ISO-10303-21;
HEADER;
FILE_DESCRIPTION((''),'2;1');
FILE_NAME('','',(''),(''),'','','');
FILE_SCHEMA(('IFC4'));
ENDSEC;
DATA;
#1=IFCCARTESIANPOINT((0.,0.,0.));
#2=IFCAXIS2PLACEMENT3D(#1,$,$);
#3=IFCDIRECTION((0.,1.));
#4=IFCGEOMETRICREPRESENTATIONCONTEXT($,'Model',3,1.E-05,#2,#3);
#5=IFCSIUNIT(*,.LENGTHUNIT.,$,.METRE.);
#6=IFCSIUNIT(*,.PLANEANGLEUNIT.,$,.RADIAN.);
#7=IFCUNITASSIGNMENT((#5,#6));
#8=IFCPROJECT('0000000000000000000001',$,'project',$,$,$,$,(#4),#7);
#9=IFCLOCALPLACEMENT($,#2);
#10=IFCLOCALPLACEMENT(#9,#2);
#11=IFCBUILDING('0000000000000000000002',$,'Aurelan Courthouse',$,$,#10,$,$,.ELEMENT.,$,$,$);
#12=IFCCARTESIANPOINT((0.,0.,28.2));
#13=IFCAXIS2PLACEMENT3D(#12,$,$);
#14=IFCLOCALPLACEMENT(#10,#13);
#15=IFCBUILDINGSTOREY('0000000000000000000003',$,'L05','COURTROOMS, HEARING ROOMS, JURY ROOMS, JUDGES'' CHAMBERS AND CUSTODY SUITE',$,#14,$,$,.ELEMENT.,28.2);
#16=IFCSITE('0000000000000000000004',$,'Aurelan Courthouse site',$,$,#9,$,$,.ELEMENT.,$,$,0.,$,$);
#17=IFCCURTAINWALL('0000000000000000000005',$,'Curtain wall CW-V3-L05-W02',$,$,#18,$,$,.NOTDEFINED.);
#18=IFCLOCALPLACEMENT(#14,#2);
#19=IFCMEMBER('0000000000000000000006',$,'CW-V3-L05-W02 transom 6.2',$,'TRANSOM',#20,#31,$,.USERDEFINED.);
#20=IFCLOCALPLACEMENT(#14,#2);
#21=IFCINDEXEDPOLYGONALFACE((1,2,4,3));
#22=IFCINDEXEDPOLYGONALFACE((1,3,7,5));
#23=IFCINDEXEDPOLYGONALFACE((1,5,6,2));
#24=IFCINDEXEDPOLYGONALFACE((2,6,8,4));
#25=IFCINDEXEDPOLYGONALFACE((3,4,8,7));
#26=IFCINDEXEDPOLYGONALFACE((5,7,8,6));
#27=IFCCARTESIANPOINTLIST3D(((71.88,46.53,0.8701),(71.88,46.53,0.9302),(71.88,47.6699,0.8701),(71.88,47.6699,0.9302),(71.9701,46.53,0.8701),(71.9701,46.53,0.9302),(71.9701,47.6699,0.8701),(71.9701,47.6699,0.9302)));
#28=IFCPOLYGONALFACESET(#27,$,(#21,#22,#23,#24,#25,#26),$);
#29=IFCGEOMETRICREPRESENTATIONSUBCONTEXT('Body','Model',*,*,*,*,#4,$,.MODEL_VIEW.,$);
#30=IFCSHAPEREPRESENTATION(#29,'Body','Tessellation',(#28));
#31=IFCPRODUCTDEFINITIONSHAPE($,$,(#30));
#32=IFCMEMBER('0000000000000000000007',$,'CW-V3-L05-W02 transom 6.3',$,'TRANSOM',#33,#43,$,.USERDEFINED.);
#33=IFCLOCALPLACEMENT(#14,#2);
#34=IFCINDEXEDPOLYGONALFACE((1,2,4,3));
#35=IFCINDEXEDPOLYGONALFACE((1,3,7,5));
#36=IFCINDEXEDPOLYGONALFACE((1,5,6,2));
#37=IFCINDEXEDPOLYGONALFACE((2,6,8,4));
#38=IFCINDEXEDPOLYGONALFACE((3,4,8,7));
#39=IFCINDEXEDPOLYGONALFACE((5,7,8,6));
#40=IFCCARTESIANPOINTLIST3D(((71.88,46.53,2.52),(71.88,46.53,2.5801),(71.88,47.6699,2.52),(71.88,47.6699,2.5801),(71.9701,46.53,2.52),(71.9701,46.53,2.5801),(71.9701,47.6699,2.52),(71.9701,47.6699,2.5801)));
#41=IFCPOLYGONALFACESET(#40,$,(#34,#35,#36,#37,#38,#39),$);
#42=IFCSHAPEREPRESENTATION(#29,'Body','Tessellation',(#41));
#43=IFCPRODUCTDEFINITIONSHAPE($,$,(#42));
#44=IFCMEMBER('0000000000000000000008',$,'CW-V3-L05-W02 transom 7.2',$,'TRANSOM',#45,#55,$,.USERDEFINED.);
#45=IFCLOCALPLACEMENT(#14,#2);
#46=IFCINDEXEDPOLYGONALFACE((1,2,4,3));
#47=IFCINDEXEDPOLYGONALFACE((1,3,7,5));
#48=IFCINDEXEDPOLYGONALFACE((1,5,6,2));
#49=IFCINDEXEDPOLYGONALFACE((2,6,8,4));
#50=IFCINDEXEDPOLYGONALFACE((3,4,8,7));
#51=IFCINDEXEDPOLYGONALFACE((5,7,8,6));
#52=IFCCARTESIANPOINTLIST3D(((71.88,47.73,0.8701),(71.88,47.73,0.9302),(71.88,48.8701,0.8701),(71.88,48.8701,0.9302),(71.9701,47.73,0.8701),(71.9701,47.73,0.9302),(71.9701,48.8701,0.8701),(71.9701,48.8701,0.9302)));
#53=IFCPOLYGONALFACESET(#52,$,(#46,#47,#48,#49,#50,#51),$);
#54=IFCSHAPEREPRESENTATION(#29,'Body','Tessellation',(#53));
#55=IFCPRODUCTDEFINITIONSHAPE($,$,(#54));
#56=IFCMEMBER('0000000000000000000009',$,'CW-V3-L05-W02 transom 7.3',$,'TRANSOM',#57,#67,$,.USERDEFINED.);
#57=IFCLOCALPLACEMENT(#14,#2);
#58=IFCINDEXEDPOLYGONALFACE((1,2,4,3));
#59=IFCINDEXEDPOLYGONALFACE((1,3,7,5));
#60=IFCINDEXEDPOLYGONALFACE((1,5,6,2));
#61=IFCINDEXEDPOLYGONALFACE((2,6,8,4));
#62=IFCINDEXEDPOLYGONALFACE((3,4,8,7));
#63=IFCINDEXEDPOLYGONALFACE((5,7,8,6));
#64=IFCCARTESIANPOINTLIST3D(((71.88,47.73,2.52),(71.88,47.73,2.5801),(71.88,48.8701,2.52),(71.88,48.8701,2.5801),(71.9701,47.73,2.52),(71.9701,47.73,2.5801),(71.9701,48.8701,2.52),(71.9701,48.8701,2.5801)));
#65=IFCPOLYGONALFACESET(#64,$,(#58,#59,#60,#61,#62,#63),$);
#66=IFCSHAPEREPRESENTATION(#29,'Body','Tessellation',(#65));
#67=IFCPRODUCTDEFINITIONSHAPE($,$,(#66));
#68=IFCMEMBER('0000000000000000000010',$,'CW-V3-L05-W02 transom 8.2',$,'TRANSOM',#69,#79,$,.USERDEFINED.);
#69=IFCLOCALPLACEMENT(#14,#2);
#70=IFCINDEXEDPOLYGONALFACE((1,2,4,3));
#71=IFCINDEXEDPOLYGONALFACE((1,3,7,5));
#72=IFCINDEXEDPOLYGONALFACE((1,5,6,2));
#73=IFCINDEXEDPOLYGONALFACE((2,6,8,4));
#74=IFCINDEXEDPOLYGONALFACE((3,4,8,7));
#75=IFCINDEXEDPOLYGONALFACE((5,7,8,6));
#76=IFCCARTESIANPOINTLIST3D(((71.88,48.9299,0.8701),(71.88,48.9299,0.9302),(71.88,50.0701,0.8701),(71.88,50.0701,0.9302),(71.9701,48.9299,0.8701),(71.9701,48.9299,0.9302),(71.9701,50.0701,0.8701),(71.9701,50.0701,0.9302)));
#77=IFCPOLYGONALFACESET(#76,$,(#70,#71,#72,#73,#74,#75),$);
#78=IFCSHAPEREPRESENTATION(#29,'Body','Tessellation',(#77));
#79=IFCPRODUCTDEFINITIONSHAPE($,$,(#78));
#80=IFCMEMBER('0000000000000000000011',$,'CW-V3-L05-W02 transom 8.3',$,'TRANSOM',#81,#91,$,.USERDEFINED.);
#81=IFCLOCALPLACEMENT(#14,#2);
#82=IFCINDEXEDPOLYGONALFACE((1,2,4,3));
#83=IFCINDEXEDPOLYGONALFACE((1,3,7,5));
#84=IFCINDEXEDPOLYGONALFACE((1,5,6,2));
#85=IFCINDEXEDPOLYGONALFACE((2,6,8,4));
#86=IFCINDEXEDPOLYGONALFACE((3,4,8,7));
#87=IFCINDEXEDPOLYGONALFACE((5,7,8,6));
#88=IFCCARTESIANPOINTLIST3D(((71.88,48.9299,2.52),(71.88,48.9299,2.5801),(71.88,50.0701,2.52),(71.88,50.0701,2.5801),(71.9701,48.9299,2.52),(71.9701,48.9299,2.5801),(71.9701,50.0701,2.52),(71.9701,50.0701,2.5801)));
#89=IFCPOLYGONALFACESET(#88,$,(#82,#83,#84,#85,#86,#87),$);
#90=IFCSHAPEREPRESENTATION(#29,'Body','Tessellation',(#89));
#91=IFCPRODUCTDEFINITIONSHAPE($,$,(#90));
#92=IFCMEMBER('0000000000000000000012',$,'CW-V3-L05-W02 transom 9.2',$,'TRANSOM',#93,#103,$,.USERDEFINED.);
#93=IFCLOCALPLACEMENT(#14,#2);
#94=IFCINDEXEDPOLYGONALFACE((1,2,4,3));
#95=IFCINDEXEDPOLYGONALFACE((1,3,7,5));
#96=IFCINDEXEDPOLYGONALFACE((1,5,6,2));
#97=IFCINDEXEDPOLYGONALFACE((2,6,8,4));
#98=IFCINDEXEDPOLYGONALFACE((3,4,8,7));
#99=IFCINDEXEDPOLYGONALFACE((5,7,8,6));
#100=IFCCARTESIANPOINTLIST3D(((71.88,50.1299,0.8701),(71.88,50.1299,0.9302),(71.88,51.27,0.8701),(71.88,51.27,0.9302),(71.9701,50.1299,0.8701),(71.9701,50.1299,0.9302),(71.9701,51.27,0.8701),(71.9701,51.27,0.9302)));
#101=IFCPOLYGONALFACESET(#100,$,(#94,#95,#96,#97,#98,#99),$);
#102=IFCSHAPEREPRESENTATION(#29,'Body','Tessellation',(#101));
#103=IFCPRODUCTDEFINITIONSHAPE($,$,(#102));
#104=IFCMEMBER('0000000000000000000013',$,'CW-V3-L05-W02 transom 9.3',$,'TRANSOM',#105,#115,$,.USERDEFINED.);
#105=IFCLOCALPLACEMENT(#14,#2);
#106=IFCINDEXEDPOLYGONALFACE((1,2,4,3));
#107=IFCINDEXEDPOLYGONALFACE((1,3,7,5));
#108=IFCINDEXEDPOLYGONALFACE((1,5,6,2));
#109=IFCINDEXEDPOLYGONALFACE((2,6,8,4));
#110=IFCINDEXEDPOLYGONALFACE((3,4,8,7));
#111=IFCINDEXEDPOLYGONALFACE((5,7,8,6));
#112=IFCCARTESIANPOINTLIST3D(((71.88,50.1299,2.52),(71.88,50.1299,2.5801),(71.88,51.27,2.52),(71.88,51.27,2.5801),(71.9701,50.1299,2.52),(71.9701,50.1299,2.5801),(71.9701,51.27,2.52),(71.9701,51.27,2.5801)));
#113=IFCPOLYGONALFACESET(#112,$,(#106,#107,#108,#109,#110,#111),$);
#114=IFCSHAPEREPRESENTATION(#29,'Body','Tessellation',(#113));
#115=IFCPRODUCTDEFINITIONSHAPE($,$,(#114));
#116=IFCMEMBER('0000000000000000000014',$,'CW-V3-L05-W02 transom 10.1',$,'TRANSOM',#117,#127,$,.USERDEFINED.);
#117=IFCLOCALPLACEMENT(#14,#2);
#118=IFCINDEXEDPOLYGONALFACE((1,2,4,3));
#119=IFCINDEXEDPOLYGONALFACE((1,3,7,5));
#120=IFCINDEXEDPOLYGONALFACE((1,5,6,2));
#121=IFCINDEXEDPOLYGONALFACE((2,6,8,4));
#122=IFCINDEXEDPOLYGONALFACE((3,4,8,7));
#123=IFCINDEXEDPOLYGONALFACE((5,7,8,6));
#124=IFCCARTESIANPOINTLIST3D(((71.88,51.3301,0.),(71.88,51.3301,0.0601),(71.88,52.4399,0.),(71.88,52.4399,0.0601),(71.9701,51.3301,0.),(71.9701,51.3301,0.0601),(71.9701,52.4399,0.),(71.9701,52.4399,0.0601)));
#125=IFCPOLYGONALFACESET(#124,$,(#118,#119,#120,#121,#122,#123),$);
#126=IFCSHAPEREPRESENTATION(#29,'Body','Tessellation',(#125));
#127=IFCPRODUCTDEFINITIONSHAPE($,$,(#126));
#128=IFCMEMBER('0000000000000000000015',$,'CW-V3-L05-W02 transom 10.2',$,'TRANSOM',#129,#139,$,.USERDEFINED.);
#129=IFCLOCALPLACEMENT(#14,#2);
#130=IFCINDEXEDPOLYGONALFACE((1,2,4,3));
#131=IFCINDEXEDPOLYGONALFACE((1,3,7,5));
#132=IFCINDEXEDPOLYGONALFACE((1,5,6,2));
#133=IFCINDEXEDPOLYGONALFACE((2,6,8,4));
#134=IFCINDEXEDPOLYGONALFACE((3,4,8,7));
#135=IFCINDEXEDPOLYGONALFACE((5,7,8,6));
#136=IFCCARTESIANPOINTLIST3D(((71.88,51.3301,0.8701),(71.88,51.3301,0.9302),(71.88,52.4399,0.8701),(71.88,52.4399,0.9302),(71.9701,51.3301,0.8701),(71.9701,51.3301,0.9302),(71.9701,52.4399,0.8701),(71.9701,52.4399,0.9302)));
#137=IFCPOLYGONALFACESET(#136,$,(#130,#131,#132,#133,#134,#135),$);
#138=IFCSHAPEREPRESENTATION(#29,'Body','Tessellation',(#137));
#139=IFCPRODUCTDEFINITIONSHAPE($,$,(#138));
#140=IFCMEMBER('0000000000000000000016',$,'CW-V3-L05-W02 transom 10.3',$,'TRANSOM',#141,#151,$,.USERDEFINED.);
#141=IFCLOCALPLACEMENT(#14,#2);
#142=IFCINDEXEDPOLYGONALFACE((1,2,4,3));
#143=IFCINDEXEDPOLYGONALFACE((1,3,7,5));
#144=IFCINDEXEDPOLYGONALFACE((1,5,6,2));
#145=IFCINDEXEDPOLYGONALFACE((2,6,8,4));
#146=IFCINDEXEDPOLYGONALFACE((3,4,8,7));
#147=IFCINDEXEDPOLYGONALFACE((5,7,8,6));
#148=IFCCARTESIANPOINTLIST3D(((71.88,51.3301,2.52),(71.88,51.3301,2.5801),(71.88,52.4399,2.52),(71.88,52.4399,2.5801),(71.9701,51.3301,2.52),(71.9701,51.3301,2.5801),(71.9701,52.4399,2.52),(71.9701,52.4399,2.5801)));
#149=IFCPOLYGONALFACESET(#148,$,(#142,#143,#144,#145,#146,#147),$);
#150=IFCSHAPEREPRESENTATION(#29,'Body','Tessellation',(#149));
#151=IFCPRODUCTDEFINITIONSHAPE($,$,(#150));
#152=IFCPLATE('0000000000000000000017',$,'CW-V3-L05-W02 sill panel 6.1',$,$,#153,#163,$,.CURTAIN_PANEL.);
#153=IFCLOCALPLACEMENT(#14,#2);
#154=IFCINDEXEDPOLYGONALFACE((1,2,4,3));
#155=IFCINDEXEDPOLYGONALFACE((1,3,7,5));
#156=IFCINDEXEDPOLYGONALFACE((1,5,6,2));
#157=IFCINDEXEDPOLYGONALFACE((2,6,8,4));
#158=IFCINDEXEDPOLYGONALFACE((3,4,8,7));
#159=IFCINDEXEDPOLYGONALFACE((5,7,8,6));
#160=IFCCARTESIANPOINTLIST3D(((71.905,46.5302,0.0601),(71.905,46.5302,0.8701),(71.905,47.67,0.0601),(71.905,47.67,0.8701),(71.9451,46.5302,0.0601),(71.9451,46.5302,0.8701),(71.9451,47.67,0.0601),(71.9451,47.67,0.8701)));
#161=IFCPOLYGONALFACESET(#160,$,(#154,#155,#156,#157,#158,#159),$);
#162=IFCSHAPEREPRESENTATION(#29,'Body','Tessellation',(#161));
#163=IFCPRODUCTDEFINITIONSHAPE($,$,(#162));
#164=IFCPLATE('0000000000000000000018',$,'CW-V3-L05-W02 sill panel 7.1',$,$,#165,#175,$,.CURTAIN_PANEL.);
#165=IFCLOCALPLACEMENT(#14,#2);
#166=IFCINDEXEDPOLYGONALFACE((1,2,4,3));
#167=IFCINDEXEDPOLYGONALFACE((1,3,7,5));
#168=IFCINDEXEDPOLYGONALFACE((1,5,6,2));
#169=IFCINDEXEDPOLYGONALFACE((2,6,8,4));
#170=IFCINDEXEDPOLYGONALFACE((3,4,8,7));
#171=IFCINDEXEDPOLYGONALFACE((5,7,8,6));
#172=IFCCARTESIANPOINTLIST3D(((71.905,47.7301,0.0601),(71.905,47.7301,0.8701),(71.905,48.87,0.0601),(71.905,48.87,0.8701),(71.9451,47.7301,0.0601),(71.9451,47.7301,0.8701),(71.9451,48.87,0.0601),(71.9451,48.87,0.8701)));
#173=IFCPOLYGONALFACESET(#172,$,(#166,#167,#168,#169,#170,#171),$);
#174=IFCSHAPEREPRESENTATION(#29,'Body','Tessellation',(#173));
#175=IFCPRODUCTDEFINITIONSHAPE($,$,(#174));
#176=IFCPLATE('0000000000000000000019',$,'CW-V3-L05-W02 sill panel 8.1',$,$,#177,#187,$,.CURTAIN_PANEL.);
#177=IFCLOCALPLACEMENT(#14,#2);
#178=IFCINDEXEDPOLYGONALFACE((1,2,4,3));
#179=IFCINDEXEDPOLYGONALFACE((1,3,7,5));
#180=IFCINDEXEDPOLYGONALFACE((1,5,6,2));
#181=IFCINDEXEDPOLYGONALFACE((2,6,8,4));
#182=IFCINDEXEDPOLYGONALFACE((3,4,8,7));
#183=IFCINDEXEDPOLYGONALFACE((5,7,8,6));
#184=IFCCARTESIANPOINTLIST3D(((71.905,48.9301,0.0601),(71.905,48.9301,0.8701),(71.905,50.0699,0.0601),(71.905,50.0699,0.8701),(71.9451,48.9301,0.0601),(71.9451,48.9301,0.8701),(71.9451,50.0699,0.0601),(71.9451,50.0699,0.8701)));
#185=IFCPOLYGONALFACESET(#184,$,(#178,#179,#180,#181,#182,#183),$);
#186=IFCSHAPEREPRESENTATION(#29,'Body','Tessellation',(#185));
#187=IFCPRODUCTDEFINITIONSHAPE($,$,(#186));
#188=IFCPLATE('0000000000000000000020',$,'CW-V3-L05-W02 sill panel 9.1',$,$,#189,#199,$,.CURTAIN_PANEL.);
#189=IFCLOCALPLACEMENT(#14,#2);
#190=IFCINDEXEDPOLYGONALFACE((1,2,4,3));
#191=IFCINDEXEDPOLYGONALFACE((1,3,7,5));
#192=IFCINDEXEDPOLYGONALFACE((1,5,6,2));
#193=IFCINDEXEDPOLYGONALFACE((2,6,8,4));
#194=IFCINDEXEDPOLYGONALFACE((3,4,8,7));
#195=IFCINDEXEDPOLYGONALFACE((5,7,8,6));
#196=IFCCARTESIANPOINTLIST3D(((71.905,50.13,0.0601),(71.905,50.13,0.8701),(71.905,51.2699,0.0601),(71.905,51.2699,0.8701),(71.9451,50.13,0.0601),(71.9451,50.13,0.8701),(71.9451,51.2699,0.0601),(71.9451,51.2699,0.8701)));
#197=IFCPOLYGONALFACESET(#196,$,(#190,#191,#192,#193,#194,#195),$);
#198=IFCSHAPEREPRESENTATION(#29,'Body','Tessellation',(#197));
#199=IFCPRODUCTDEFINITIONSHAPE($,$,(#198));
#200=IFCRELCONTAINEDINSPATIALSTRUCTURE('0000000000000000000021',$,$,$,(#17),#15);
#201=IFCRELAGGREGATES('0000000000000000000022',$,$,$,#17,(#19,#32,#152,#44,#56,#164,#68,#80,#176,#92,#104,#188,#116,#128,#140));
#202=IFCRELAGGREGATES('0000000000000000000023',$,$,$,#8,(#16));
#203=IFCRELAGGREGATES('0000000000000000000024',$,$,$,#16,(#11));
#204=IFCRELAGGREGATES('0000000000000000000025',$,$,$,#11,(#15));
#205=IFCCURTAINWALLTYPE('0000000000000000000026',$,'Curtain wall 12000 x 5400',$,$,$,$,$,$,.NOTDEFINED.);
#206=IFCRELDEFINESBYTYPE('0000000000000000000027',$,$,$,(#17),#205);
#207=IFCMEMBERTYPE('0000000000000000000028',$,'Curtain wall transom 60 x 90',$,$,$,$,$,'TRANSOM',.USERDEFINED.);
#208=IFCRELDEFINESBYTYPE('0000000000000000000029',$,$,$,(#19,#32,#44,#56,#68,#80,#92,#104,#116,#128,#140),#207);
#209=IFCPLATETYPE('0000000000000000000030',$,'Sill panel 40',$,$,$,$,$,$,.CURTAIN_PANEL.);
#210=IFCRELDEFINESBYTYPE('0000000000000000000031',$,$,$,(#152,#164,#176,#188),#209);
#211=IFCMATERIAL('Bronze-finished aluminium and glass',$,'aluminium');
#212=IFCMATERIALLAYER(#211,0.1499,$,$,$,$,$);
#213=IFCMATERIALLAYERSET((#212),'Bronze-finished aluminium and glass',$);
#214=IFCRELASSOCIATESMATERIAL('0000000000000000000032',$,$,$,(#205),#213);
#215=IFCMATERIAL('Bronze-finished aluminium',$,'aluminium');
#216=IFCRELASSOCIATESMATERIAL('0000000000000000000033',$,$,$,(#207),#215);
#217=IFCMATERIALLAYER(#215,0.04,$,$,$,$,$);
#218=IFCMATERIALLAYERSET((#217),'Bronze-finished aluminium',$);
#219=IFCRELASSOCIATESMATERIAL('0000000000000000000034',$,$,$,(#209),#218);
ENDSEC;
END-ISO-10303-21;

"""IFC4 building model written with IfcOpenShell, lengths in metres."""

from ifc_helpers import new_model, si_unit, direction, frame, origin, origin_2d, place, context, subcontext, project, spatial, rectangle, extrude, material, layer, layer_set, material_profile, profile_set, type_object, element, aggregate, save


model = new_model("IFC4")

# Units and contexts
model_context = context("Model", 3, precision=1e-05, world=origin(), true_north=direction((0.0, 1.0)))
body_context = subcontext(model_context, "Body", "Model", "MODEL_VIEW")
ifc_project = project(units=[si_unit("LENGTHUNIT", "METRE"), si_unit("PLANEANGLEUNIT", "RADIAN")], contexts=[model_context])

# Site, building, storey
site_placement = place(None, origin())
site = spatial("IfcSite", under=ifc_project, at=site_placement, Name="Aurelan Courthouse site", CompositionType="ELEMENT", RefElevation=0.0)
building_placement = place(site_placement, origin())
building = spatial("IfcBuilding", under=site, at=building_placement, Name="Aurelan Courthouse", CompositionType="ELEMENT")
storey_placement = place(building_placement, frame((0.0, 0.0, 28.2)))
storey = spatial("IfcBuildingStorey", under=building, at=storey_placement, Name="L05", Description="COURTROOMS, HEARING ROOMS, JURY ROOMS, JUDGES' CHAMBERS AND CUSTODY SUITE", CompositionType="ELEMENT", Elevation=28.2)

# Curtain wall, members, plates
ifc_material_1 = material(Name="Bronze-finished aluminium and glass", Category="aluminium")
ifc_layer_1 = layer(ifc_material_1, 0.1499)
ifc_layer_set_1 = layer_set([ifc_layer_1], Name="Bronze-finished aluminium and glass")
curtain_wall_type = type_object("IfcCurtainWallType", Name="Curtain wall 12000 x 5400", PredefinedType="NOTDEFINED", material=ifc_layer_set_1)
curtain_wall_placement = place(storey_placement, origin())
curtain_wall = element("IfcCurtainWall", 1, at=curtain_wall_placement, inside=storey, type_object=curtain_wall_type, Name="Curtain wall CW-V3-L05-W02", PredefinedType="NOTDEFINED")
ifc_material_2 = material(Name="Bronze-finished aluminium", Category="aluminium")
ifc_material_profile = material_profile(ifc_material_2, rectangle(XDim=0.0901, YDim=0.0601, at=origin_2d()), Name="Bronze transom 60 x 90")
ifc_profile_set = profile_set([ifc_material_profile], Name="Bronze-finished aluminium")
member_type = type_object("IfcMemberType", Name="Curtain wall transom 60 x 90", ElementType="TRANSOM", PredefinedType="USERDEFINED", material=ifc_profile_set)
member_1_placement = place(storey_placement, frame((71.925, 46.53, 0.9001), z_axis=(0.0, 1.0, 0.0), x_axis=(-1.0, 0.0, 0.0)))
member_1 = element("IfcMember", 2, at=member_1_placement, type_object=member_type, Name="CW-V3-L05-W02 transom 6.2", ObjectType="TRANSOM", PredefinedType="USERDEFINED", context=body_context, shape_type="SweptSolid", body=[
    extrude(rectangle(XDim=0.0901, YDim=0.0601, at=origin_2d()), origin(), (0.0, 0.0, 1.0), 1.1399),
])
member_2_placement = place(storey_placement, frame((71.925, 46.53, 2.55), z_axis=(0.0, 1.0, 0.0), x_axis=(-1.0, 0.0, 0.0)))
member_2 = element("IfcMember", 3, at=member_2_placement, type_object=member_type, Name="CW-V3-L05-W02 transom 6.3", ObjectType="TRANSOM", PredefinedType="USERDEFINED", context=body_context, shape_type="SweptSolid", body=[
    extrude(rectangle(XDim=0.0901, YDim=0.0601, at=origin_2d()), origin(), (0.0, 0.0, 1.0), 1.1399),
])
member_3_placement = place(storey_placement, frame((71.925, 47.73, 0.9001), z_axis=(0.0, 1.0, 0.0), x_axis=(-1.0, 0.0, 0.0)))
member_3 = element("IfcMember", 4, at=member_3_placement, type_object=member_type, Name="CW-V3-L05-W02 transom 7.2", ObjectType="TRANSOM", PredefinedType="USERDEFINED", context=body_context, shape_type="SweptSolid", body=[
    extrude(rectangle(XDim=0.0901, YDim=0.0601, at=origin_2d()), origin(), (0.0, 0.0, 1.0), 1.1401),
])
member_4_placement = place(storey_placement, frame((71.925, 47.73, 2.55), z_axis=(0.0, 1.0, 0.0), x_axis=(-1.0, 0.0, 0.0)))
member_4 = element("IfcMember", 5, at=member_4_placement, type_object=member_type, Name="CW-V3-L05-W02 transom 7.3", ObjectType="TRANSOM", PredefinedType="USERDEFINED", context=body_context, shape_type="SweptSolid", body=[
    extrude(rectangle(XDim=0.0901, YDim=0.0601, at=origin_2d()), origin(), (0.0, 0.0, 1.0), 1.1401),
])
member_5_placement = place(storey_placement, frame((71.925, 48.9299, 0.9001), z_axis=(0.0, 1.0, 0.0), x_axis=(-1.0, 0.0, 0.0)))
member_5 = element("IfcMember", 6, at=member_5_placement, type_object=member_type, Name="CW-V3-L05-W02 transom 8.2", ObjectType="TRANSOM", PredefinedType="USERDEFINED", context=body_context, shape_type="SweptSolid", body=[
    extrude(rectangle(XDim=0.0901, YDim=0.0601, at=origin_2d()), origin(), (0.0, 0.0, 1.0), 1.1401),
])
member_6_placement = place(storey_placement, frame((71.925, 48.9299, 2.55), z_axis=(0.0, 1.0, 0.0), x_axis=(-1.0, 0.0, 0.0)))
member_6 = element("IfcMember", 7, at=member_6_placement, type_object=member_type, Name="CW-V3-L05-W02 transom 8.3", ObjectType="TRANSOM", PredefinedType="USERDEFINED", context=body_context, shape_type="SweptSolid", body=[
    extrude(rectangle(XDim=0.0901, YDim=0.0601, at=origin_2d()), origin(), (0.0, 0.0, 1.0), 1.1401),
])
member_7_placement = place(storey_placement, frame((71.925, 50.1299, 0.9001), z_axis=(0.0, 1.0, 0.0), x_axis=(-1.0, 0.0, 0.0)))
member_7 = element("IfcMember", 8, at=member_7_placement, type_object=member_type, Name="CW-V3-L05-W02 transom 9.2", ObjectType="TRANSOM", PredefinedType="USERDEFINED", context=body_context, shape_type="SweptSolid", body=[
    extrude(rectangle(XDim=0.0901, YDim=0.0601, at=origin_2d()), origin(), (0.0, 0.0, 1.0), 1.1401),
])
member_8_placement = place(storey_placement, frame((71.925, 50.1299, 2.55), z_axis=(0.0, 1.0, 0.0), x_axis=(-1.0, 0.0, 0.0)))
member_8 = element("IfcMember", 9, at=member_8_placement, type_object=member_type, Name="CW-V3-L05-W02 transom 9.3", ObjectType="TRANSOM", PredefinedType="USERDEFINED", context=body_context, shape_type="SweptSolid", body=[
    extrude(rectangle(XDim=0.0901, YDim=0.0601, at=origin_2d()), origin(), (0.0, 0.0, 1.0), 1.1401),
])
member_9_placement = place(storey_placement, frame((71.925, 51.3301, 0.03), z_axis=(0.0, 1.0, 0.0), x_axis=(-1.0, 0.0, 0.0)))
member_9 = element("IfcMember", 10, at=member_9_placement, type_object=member_type, Name="CW-V3-L05-W02 transom 10.1", ObjectType="TRANSOM", PredefinedType="USERDEFINED", context=body_context, shape_type="SweptSolid", body=[
    extrude(rectangle(XDim=0.0901, YDim=0.0601, at=origin_2d()), origin(), (0.0, 0.0, 1.0), 1.1099),
])
member_10_placement = place(storey_placement, frame((71.925, 51.3301, 0.9001), z_axis=(0.0, 1.0, 0.0), x_axis=(-1.0, 0.0, 0.0)))
member_10 = element("IfcMember", 11, at=member_10_placement, type_object=member_type, Name="CW-V3-L05-W02 transom 10.2", ObjectType="TRANSOM", PredefinedType="USERDEFINED", context=body_context, shape_type="SweptSolid", body=[
    extrude(rectangle(XDim=0.0901, YDim=0.0601, at=origin_2d()), origin(), (0.0, 0.0, 1.0), 1.1099),
])
member_11_placement = place(storey_placement, frame((71.925, 51.3301, 2.55), z_axis=(0.0, 1.0, 0.0), x_axis=(-1.0, 0.0, 0.0)))
member_11 = element("IfcMember", 12, at=member_11_placement, type_object=member_type, Name="CW-V3-L05-W02 transom 10.3", ObjectType="TRANSOM", PredefinedType="USERDEFINED", context=body_context, shape_type="SweptSolid", body=[
    extrude(rectangle(XDim=0.0901, YDim=0.0601, at=origin_2d()), origin(), (0.0, 0.0, 1.0), 1.1099),
])
ifc_layer_2 = layer(ifc_material_2, 0.04)
ifc_layer_set_2 = layer_set([ifc_layer_2], Name="Bronze-finished aluminium")
plate_type_1 = type_object("IfcPlateType", Name="Sill panel 40", PredefinedType="CURTAIN_PANEL", material=ifc_layer_set_2)
plate_1_placement = place(storey_placement, frame((71.925, 47.1001, 0.0601), z_axis=(0.0, 0.0, 1.0), x_axis=(0.0, 1.0, 0.0)))
plate_1 = element("IfcPlate", 13, at=plate_1_placement, type_object=plate_type_1, Name="CW-V3-L05-W02 sill panel 6.1", PredefinedType="CURTAIN_PANEL", context=body_context, shape_type="SweptSolid", body=[
    extrude(rectangle(XDim=1.1399, YDim=0.04, at=origin_2d()), origin(), (0.0, 0.0, 1.0), 0.8101),
])
plate_2_placement = place(storey_placement, frame((71.925, 48.3, 0.0601), z_axis=(0.0, 0.0, 1.0), x_axis=(0.0, 1.0, 0.0)))
plate_2 = element("IfcPlate", 14, at=plate_2_placement, type_object=plate_type_1, Name="CW-V3-L05-W02 sill panel 7.1", PredefinedType="CURTAIN_PANEL", context=body_context, shape_type="SweptSolid", body=[
    extrude(rectangle(XDim=1.1399, YDim=0.04, at=origin_2d()), origin(), (0.0, 0.0, 1.0), 0.8101),
])
plate_3_placement = place(storey_placement, frame((71.925, 49.5, 0.0601), z_axis=(0.0, 0.0, 1.0), x_axis=(0.0, 1.0, 0.0)))
plate_3 = element("IfcPlate", 15, at=plate_3_placement, type_object=plate_type_1, Name="CW-V3-L05-W02 sill panel 8.1", PredefinedType="CURTAIN_PANEL", context=body_context, shape_type="SweptSolid", body=[
    extrude(rectangle(XDim=1.1399, YDim=0.04, at=origin_2d()), origin(), (0.0, 0.0, 1.0), 0.8101),
])
plate_4_placement = place(storey_placement, frame((71.925, 50.7, 0.0601), z_axis=(0.0, 0.0, 1.0), x_axis=(0.0, 1.0, 0.0)))
plate_4 = element("IfcPlate", 16, at=plate_4_placement, type_object=plate_type_1, Name="CW-V3-L05-W02 sill panel 9.1", PredefinedType="CURTAIN_PANEL", context=body_context, shape_type="SweptSolid", body=[
    extrude(rectangle(XDim=1.1399, YDim=0.04, at=origin_2d()), origin(), (0.0, 0.0, 1.0), 0.8101),
])
aggregate(curtain_wall, [member_1, member_2, plate_1, member_3, member_4, plate_2, member_5, member_6, plate_3, member_7, member_8, plate_4, member_9, member_10, member_11])

save(model, "model.ifc")
